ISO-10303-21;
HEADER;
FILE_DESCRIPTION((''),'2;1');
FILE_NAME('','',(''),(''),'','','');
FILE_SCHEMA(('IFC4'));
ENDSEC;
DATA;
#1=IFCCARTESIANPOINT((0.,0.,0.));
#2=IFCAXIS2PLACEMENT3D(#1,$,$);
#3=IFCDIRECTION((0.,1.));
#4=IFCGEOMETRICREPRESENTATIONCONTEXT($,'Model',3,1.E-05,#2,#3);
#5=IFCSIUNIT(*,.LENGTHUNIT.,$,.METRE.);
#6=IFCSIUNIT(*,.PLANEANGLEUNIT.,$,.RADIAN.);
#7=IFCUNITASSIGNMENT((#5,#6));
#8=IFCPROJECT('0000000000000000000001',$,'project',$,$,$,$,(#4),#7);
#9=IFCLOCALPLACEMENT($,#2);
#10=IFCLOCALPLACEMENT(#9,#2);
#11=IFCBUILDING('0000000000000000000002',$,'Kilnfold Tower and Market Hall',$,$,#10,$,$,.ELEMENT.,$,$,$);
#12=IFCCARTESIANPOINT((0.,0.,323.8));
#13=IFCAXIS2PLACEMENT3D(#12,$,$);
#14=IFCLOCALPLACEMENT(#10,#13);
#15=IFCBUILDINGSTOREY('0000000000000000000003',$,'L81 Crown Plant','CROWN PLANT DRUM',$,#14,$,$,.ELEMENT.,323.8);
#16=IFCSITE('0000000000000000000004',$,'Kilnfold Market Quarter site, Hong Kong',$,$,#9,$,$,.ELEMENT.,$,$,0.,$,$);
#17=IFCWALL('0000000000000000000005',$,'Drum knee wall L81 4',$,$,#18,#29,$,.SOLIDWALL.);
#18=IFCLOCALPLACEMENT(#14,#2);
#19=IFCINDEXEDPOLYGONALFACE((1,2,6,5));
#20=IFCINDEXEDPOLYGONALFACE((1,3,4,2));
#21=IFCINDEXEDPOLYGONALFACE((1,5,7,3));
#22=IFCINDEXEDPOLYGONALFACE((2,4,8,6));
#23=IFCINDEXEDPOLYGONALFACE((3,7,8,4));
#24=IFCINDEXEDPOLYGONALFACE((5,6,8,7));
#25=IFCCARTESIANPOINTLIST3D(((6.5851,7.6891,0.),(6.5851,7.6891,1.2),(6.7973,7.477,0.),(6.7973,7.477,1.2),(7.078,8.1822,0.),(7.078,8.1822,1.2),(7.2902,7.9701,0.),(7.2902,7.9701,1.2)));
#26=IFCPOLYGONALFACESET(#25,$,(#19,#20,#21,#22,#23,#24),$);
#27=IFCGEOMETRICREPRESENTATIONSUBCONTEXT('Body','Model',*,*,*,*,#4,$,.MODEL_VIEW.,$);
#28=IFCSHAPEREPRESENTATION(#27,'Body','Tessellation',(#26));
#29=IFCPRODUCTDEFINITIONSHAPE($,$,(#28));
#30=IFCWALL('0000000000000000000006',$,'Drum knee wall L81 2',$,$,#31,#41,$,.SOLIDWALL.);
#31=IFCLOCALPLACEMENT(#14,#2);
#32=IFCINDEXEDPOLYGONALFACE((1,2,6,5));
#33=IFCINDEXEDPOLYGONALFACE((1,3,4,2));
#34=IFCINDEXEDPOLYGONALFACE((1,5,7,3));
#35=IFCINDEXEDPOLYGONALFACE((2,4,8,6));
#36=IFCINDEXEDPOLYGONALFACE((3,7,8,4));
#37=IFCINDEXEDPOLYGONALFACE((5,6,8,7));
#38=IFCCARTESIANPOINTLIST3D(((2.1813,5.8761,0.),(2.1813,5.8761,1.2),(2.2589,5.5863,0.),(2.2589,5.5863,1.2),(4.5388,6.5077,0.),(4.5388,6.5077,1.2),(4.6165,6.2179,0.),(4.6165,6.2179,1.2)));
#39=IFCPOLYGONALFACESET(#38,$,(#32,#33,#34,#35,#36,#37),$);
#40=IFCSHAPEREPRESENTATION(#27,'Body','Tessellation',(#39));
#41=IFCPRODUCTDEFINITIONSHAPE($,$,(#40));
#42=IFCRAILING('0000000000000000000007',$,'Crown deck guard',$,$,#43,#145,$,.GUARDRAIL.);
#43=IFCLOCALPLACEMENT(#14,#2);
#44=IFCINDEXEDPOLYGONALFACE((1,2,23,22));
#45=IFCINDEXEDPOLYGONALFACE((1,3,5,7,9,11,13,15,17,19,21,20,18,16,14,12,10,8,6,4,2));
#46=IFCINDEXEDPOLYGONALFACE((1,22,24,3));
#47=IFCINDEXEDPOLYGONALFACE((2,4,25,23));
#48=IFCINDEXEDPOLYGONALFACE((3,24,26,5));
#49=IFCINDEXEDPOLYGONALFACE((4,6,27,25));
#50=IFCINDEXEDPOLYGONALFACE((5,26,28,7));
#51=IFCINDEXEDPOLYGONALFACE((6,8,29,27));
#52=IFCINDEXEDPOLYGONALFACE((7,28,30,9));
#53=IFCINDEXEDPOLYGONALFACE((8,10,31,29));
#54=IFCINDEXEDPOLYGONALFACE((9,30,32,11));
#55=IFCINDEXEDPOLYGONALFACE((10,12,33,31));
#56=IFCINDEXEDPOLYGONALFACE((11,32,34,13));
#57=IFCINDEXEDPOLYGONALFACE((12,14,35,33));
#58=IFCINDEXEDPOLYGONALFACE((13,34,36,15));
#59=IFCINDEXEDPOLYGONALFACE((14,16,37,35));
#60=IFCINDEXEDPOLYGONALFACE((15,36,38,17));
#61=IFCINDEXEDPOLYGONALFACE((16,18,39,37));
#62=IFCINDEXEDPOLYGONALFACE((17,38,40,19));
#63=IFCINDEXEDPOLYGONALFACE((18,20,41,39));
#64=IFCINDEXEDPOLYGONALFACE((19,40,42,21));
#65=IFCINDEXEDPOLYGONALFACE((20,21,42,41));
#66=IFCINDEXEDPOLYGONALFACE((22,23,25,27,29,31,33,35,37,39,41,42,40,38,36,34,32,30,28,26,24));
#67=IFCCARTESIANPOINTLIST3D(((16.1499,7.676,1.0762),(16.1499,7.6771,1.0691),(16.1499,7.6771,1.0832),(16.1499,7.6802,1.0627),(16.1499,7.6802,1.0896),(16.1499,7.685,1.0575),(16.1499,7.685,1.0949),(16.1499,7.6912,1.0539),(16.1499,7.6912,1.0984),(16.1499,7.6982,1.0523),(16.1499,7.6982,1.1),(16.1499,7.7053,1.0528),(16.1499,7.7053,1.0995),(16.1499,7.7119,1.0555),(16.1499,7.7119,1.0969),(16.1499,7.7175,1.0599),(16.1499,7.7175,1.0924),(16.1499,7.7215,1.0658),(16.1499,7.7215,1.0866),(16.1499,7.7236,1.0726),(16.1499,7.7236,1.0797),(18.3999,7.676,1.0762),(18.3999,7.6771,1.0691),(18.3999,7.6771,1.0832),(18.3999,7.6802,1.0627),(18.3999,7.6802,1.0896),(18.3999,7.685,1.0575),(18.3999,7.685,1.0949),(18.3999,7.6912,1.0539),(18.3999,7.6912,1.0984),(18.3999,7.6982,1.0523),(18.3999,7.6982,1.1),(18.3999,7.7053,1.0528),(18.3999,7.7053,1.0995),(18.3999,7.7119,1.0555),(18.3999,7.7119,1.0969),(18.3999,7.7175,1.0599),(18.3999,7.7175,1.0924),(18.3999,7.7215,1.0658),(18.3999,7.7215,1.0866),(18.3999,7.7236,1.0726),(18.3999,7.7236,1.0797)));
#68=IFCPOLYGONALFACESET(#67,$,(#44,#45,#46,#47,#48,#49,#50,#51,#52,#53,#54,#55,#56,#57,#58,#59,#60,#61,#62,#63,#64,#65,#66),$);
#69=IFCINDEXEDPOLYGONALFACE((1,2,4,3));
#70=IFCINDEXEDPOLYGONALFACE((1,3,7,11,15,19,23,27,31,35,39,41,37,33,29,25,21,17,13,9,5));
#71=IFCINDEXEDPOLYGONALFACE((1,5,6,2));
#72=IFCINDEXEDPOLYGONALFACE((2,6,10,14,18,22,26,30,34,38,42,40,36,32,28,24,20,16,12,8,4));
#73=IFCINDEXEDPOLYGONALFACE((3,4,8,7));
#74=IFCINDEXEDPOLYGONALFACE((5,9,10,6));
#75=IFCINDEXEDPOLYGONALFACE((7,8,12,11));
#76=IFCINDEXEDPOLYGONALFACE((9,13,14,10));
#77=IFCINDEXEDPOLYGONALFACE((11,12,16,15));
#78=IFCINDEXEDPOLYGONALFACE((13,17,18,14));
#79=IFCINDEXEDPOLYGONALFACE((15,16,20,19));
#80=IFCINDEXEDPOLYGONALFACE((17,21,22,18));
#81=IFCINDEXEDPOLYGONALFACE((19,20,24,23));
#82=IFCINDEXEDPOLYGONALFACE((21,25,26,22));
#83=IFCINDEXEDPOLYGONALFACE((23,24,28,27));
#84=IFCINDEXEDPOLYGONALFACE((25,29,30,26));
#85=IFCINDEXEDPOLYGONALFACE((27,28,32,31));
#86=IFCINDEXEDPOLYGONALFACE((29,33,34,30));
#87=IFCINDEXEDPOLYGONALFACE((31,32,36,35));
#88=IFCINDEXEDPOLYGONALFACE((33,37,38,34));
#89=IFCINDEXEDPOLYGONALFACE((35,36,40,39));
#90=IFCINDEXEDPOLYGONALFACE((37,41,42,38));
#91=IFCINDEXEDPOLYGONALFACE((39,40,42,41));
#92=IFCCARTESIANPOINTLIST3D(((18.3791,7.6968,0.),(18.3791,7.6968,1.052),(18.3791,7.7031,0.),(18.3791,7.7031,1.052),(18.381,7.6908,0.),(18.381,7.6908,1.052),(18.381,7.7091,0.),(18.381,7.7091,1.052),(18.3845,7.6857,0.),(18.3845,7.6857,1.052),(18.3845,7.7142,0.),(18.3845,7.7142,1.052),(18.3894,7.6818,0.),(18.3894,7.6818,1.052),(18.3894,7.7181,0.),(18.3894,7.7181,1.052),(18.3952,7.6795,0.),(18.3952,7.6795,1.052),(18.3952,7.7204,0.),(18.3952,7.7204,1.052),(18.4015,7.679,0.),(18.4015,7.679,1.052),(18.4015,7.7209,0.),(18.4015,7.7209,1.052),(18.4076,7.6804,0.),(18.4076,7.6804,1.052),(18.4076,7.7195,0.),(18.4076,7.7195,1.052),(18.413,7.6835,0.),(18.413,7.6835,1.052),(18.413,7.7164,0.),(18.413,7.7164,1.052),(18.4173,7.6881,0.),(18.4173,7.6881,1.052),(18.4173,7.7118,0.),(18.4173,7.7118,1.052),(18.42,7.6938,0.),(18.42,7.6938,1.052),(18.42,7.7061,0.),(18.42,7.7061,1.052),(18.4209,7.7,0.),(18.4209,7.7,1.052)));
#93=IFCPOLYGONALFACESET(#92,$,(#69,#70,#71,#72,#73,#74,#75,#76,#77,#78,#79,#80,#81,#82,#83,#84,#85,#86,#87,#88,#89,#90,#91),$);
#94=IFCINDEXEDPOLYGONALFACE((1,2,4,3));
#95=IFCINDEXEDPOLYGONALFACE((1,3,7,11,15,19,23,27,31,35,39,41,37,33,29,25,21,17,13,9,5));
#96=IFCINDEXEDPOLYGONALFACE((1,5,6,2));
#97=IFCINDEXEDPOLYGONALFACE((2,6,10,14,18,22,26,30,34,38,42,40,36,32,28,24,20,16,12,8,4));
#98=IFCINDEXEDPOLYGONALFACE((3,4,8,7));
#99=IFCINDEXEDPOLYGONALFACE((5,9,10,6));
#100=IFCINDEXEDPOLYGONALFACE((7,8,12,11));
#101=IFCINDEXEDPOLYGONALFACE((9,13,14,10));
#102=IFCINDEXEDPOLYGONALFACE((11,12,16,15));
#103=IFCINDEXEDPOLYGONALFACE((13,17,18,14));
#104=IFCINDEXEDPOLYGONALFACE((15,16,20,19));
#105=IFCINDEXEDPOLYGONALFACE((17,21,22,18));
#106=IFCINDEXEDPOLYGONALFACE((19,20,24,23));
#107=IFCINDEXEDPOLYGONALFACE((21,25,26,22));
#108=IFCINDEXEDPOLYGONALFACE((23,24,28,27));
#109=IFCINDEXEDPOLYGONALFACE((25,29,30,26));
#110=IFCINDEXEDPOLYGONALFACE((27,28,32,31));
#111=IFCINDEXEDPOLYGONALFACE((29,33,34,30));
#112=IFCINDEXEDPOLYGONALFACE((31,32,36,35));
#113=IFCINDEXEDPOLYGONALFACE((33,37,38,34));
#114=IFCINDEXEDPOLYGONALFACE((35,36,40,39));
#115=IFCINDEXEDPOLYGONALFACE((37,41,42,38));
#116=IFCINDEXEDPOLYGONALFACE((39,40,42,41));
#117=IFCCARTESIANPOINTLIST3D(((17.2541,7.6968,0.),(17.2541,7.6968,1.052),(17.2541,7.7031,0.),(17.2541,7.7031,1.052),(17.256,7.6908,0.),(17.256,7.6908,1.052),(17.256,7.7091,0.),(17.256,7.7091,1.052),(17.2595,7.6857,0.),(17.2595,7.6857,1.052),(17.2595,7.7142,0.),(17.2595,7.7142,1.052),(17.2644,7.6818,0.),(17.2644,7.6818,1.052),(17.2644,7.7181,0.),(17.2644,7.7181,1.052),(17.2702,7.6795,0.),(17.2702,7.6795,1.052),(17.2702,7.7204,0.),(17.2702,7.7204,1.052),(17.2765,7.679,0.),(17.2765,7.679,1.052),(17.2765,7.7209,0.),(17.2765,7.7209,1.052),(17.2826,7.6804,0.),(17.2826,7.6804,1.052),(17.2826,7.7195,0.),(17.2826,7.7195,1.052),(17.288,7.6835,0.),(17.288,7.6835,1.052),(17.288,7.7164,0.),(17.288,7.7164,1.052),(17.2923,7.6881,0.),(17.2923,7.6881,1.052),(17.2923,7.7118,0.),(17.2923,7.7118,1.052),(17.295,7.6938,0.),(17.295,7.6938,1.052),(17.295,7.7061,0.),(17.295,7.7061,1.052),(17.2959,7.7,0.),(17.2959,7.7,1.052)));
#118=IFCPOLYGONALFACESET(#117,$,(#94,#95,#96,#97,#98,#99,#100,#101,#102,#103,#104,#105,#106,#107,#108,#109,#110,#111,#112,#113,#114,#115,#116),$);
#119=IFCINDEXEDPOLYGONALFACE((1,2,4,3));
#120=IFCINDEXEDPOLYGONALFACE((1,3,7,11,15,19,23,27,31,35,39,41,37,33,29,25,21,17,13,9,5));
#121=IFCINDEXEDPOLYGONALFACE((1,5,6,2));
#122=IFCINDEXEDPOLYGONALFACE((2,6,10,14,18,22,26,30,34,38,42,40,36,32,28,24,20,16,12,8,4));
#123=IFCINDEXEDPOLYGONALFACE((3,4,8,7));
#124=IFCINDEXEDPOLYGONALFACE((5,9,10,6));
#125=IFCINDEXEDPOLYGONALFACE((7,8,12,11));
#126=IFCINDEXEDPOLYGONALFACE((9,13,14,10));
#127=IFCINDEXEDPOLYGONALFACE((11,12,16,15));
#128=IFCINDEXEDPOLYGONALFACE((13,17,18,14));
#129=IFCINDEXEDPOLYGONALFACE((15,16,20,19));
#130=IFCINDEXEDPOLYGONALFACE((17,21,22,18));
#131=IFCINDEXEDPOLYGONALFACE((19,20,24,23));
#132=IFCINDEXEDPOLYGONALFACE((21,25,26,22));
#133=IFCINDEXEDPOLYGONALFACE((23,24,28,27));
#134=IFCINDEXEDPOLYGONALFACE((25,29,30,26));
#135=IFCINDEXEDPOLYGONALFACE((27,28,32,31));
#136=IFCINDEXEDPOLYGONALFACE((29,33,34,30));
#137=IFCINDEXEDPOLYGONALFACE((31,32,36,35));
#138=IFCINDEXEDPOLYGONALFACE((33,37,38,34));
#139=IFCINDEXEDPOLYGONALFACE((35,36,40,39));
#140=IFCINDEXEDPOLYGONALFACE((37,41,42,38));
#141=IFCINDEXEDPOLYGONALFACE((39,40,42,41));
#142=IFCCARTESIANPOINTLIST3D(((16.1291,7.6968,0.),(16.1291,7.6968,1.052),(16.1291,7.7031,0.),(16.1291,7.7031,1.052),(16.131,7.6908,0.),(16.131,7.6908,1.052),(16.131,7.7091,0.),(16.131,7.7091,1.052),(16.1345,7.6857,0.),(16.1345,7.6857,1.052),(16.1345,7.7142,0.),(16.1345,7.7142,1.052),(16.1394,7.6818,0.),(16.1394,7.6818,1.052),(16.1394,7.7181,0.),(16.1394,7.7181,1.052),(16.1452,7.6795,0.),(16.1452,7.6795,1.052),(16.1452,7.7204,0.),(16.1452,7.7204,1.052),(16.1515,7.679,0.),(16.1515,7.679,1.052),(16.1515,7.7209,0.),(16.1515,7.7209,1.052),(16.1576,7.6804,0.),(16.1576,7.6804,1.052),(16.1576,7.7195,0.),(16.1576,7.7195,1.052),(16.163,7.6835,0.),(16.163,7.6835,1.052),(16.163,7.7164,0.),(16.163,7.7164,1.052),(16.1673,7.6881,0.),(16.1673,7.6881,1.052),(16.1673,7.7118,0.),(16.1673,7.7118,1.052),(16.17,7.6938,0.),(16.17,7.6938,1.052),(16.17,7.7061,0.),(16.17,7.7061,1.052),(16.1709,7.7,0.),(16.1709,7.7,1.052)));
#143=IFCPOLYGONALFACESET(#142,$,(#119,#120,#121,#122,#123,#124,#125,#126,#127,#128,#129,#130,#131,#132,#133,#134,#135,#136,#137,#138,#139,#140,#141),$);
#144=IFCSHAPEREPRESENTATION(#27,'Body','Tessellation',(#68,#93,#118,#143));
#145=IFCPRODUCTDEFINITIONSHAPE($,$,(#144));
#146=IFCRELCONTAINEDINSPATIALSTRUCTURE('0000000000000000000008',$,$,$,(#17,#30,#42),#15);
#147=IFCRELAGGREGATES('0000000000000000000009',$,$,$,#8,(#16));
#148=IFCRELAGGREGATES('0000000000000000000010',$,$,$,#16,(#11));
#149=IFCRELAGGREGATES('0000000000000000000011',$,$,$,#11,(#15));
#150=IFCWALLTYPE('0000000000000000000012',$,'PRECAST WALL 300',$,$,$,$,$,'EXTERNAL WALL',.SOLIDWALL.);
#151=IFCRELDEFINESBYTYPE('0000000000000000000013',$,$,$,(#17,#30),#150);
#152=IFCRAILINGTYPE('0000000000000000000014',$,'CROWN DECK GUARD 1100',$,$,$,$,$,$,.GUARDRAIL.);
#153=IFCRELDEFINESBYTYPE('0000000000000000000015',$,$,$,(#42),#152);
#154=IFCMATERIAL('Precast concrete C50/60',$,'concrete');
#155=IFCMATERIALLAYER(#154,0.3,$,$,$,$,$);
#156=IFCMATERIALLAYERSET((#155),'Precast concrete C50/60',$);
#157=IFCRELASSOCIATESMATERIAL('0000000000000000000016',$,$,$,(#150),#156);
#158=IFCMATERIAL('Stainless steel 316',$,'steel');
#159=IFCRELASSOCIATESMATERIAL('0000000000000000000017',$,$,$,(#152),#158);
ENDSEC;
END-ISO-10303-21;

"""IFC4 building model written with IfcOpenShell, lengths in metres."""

from ifc_helpers import new_model, si_unit, direction, frame, frame_2d, origin, origin_2d, place, context, subcontext, project, spatial, rectangle, circle, extrude, source, transform, mapped, material, layer, layer_set, type_object, element, save


model = new_model("IFC4")

# Units and contexts
model_context = context("Model", 3, precision=1e-05, world=origin(), true_north=direction((0.0, 1.0)))
body_context = subcontext(model_context, "Body", "Model", "MODEL_VIEW")
ifc_project = project(units=[si_unit("LENGTHUNIT", "METRE"), si_unit("PLANEANGLEUNIT", "RADIAN")], contexts=[model_context])

# Site, building, storey
site_placement = place(None, origin())
site = spatial("IfcSite", under=ifc_project, at=site_placement, Name="Kilnfold Market Quarter site, Hong Kong", CompositionType="ELEMENT", RefElevation=0.0)
building_placement = place(site_placement, origin())
building = spatial("IfcBuilding", under=site, at=building_placement, Name="Kilnfold Tower and Market Hall", CompositionType="ELEMENT")
storey_placement = place(building_placement, frame((0.0, 0.0, 323.8)))
storey = spatial("IfcBuildingStorey", under=building, at=storey_placement, Name="L81 Crown Plant", Description="CROWN PLANT DRUM", CompositionType="ELEMENT", Elevation=323.8)

# Walls
ifc_material_1 = material(Name="Precast concrete C50/60", Category="concrete")
ifc_layer_1 = layer(ifc_material_1, 0.3)
ifc_layer_set_1 = layer_set([ifc_layer_1], Name="Precast concrete C50/60")
wall_type_1 = type_object("IfcWallType", Name="PRECAST WALL 300", ElementType="EXTERNAL WALL", PredefinedType="SOLIDWALL", material=ifc_layer_set_1)
shared_shape_1 = source(origin(), body_context, "Body", "SweptSolid", [
    extrude(rectangle(XDim=0.6973, YDim=0.3, at=frame_2d((0.3486, 0.0))), origin(), (0.0, 0.0, 1.0), 1.2),
])
wall_1_placement = place(storey_placement, frame((6.6912, 7.583, 0.0), z_axis=(0.0, 0.0, 1.0), x_axis=(0.706932, 0.707282, 0.0)))
element("IfcWall", 1, at=wall_1_placement, inside=storey, type_object=wall_type_1, Name="Drum knee wall L81 4", PredefinedType="SOLIDWALL", context=body_context, shape_type="MappedRepresentation", body=[
    mapped(shared_shape_1, transform((0.0, 0.0, 0.0))),
])
shared_shape_2 = source(origin(), body_context, "Body", "SweptSolid", [
    extrude(rectangle(XDim=2.4407, YDim=0.3, at=frame_2d((1.2202, 0.0))), origin(), (0.0, 0.0, 1.0), 1.2),
])
wall_2_placement = place(storey_placement, frame((2.2202, 5.7312, 0.0), z_axis=(0.0, 0.0, 1.0), x_axis=(0.965934, 0.258789, 0.0)))
element("IfcWall", 2, at=wall_2_placement, inside=storey, type_object=wall_type_1, Name="Drum knee wall L81 2", PredefinedType="SOLIDWALL", context=body_context, shape_type="MappedRepresentation", body=[
    mapped(shared_shape_2, transform((0.0, 0.0, 0.0))),
])

# Railing
ifc_material_2 = material(Name="Stainless steel 316", Category="steel")
railing_type = type_object("IfcRailingType", Name="CROWN DECK GUARD 1100", PredefinedType="GUARDRAIL", material=ifc_material_2)
railing_1_placement = place(storey_placement, frame((18.3999, 7.7, 0.0)))
element("IfcRailing", 3, at=railing_1_placement, inside=storey, type_object=railing_type, Name="Crown deck guard", PredefinedType="GUARDRAIL", context=body_context, shape_type="SweptSolid", body=[
    extrude(circle(Radius=0.0239, at=origin_2d()), frame((0.0, 0.0, 1.0762), z_axis=(-1.0, 0.0, 0.0), x_axis=(0.0, -1.0, 0.0)), (0.0, 0.0, 1.0), 2.25),
    extrude(circle(Radius=0.021, at=origin_2d()), origin(), (0.0, 0.0, 1.0), 1.052),
    extrude(circle(Radius=0.021, at=origin_2d()), frame((-1.125, 0.0, 0.0)), (0.0, 0.0, 1.0), 1.052),
    extrude(circle(Radius=0.021, at=origin_2d()), frame((-2.25, 0.0, 0.0)), (0.0, 0.0, 1.0), 1.052),
])

save(model, "model.ifc")
